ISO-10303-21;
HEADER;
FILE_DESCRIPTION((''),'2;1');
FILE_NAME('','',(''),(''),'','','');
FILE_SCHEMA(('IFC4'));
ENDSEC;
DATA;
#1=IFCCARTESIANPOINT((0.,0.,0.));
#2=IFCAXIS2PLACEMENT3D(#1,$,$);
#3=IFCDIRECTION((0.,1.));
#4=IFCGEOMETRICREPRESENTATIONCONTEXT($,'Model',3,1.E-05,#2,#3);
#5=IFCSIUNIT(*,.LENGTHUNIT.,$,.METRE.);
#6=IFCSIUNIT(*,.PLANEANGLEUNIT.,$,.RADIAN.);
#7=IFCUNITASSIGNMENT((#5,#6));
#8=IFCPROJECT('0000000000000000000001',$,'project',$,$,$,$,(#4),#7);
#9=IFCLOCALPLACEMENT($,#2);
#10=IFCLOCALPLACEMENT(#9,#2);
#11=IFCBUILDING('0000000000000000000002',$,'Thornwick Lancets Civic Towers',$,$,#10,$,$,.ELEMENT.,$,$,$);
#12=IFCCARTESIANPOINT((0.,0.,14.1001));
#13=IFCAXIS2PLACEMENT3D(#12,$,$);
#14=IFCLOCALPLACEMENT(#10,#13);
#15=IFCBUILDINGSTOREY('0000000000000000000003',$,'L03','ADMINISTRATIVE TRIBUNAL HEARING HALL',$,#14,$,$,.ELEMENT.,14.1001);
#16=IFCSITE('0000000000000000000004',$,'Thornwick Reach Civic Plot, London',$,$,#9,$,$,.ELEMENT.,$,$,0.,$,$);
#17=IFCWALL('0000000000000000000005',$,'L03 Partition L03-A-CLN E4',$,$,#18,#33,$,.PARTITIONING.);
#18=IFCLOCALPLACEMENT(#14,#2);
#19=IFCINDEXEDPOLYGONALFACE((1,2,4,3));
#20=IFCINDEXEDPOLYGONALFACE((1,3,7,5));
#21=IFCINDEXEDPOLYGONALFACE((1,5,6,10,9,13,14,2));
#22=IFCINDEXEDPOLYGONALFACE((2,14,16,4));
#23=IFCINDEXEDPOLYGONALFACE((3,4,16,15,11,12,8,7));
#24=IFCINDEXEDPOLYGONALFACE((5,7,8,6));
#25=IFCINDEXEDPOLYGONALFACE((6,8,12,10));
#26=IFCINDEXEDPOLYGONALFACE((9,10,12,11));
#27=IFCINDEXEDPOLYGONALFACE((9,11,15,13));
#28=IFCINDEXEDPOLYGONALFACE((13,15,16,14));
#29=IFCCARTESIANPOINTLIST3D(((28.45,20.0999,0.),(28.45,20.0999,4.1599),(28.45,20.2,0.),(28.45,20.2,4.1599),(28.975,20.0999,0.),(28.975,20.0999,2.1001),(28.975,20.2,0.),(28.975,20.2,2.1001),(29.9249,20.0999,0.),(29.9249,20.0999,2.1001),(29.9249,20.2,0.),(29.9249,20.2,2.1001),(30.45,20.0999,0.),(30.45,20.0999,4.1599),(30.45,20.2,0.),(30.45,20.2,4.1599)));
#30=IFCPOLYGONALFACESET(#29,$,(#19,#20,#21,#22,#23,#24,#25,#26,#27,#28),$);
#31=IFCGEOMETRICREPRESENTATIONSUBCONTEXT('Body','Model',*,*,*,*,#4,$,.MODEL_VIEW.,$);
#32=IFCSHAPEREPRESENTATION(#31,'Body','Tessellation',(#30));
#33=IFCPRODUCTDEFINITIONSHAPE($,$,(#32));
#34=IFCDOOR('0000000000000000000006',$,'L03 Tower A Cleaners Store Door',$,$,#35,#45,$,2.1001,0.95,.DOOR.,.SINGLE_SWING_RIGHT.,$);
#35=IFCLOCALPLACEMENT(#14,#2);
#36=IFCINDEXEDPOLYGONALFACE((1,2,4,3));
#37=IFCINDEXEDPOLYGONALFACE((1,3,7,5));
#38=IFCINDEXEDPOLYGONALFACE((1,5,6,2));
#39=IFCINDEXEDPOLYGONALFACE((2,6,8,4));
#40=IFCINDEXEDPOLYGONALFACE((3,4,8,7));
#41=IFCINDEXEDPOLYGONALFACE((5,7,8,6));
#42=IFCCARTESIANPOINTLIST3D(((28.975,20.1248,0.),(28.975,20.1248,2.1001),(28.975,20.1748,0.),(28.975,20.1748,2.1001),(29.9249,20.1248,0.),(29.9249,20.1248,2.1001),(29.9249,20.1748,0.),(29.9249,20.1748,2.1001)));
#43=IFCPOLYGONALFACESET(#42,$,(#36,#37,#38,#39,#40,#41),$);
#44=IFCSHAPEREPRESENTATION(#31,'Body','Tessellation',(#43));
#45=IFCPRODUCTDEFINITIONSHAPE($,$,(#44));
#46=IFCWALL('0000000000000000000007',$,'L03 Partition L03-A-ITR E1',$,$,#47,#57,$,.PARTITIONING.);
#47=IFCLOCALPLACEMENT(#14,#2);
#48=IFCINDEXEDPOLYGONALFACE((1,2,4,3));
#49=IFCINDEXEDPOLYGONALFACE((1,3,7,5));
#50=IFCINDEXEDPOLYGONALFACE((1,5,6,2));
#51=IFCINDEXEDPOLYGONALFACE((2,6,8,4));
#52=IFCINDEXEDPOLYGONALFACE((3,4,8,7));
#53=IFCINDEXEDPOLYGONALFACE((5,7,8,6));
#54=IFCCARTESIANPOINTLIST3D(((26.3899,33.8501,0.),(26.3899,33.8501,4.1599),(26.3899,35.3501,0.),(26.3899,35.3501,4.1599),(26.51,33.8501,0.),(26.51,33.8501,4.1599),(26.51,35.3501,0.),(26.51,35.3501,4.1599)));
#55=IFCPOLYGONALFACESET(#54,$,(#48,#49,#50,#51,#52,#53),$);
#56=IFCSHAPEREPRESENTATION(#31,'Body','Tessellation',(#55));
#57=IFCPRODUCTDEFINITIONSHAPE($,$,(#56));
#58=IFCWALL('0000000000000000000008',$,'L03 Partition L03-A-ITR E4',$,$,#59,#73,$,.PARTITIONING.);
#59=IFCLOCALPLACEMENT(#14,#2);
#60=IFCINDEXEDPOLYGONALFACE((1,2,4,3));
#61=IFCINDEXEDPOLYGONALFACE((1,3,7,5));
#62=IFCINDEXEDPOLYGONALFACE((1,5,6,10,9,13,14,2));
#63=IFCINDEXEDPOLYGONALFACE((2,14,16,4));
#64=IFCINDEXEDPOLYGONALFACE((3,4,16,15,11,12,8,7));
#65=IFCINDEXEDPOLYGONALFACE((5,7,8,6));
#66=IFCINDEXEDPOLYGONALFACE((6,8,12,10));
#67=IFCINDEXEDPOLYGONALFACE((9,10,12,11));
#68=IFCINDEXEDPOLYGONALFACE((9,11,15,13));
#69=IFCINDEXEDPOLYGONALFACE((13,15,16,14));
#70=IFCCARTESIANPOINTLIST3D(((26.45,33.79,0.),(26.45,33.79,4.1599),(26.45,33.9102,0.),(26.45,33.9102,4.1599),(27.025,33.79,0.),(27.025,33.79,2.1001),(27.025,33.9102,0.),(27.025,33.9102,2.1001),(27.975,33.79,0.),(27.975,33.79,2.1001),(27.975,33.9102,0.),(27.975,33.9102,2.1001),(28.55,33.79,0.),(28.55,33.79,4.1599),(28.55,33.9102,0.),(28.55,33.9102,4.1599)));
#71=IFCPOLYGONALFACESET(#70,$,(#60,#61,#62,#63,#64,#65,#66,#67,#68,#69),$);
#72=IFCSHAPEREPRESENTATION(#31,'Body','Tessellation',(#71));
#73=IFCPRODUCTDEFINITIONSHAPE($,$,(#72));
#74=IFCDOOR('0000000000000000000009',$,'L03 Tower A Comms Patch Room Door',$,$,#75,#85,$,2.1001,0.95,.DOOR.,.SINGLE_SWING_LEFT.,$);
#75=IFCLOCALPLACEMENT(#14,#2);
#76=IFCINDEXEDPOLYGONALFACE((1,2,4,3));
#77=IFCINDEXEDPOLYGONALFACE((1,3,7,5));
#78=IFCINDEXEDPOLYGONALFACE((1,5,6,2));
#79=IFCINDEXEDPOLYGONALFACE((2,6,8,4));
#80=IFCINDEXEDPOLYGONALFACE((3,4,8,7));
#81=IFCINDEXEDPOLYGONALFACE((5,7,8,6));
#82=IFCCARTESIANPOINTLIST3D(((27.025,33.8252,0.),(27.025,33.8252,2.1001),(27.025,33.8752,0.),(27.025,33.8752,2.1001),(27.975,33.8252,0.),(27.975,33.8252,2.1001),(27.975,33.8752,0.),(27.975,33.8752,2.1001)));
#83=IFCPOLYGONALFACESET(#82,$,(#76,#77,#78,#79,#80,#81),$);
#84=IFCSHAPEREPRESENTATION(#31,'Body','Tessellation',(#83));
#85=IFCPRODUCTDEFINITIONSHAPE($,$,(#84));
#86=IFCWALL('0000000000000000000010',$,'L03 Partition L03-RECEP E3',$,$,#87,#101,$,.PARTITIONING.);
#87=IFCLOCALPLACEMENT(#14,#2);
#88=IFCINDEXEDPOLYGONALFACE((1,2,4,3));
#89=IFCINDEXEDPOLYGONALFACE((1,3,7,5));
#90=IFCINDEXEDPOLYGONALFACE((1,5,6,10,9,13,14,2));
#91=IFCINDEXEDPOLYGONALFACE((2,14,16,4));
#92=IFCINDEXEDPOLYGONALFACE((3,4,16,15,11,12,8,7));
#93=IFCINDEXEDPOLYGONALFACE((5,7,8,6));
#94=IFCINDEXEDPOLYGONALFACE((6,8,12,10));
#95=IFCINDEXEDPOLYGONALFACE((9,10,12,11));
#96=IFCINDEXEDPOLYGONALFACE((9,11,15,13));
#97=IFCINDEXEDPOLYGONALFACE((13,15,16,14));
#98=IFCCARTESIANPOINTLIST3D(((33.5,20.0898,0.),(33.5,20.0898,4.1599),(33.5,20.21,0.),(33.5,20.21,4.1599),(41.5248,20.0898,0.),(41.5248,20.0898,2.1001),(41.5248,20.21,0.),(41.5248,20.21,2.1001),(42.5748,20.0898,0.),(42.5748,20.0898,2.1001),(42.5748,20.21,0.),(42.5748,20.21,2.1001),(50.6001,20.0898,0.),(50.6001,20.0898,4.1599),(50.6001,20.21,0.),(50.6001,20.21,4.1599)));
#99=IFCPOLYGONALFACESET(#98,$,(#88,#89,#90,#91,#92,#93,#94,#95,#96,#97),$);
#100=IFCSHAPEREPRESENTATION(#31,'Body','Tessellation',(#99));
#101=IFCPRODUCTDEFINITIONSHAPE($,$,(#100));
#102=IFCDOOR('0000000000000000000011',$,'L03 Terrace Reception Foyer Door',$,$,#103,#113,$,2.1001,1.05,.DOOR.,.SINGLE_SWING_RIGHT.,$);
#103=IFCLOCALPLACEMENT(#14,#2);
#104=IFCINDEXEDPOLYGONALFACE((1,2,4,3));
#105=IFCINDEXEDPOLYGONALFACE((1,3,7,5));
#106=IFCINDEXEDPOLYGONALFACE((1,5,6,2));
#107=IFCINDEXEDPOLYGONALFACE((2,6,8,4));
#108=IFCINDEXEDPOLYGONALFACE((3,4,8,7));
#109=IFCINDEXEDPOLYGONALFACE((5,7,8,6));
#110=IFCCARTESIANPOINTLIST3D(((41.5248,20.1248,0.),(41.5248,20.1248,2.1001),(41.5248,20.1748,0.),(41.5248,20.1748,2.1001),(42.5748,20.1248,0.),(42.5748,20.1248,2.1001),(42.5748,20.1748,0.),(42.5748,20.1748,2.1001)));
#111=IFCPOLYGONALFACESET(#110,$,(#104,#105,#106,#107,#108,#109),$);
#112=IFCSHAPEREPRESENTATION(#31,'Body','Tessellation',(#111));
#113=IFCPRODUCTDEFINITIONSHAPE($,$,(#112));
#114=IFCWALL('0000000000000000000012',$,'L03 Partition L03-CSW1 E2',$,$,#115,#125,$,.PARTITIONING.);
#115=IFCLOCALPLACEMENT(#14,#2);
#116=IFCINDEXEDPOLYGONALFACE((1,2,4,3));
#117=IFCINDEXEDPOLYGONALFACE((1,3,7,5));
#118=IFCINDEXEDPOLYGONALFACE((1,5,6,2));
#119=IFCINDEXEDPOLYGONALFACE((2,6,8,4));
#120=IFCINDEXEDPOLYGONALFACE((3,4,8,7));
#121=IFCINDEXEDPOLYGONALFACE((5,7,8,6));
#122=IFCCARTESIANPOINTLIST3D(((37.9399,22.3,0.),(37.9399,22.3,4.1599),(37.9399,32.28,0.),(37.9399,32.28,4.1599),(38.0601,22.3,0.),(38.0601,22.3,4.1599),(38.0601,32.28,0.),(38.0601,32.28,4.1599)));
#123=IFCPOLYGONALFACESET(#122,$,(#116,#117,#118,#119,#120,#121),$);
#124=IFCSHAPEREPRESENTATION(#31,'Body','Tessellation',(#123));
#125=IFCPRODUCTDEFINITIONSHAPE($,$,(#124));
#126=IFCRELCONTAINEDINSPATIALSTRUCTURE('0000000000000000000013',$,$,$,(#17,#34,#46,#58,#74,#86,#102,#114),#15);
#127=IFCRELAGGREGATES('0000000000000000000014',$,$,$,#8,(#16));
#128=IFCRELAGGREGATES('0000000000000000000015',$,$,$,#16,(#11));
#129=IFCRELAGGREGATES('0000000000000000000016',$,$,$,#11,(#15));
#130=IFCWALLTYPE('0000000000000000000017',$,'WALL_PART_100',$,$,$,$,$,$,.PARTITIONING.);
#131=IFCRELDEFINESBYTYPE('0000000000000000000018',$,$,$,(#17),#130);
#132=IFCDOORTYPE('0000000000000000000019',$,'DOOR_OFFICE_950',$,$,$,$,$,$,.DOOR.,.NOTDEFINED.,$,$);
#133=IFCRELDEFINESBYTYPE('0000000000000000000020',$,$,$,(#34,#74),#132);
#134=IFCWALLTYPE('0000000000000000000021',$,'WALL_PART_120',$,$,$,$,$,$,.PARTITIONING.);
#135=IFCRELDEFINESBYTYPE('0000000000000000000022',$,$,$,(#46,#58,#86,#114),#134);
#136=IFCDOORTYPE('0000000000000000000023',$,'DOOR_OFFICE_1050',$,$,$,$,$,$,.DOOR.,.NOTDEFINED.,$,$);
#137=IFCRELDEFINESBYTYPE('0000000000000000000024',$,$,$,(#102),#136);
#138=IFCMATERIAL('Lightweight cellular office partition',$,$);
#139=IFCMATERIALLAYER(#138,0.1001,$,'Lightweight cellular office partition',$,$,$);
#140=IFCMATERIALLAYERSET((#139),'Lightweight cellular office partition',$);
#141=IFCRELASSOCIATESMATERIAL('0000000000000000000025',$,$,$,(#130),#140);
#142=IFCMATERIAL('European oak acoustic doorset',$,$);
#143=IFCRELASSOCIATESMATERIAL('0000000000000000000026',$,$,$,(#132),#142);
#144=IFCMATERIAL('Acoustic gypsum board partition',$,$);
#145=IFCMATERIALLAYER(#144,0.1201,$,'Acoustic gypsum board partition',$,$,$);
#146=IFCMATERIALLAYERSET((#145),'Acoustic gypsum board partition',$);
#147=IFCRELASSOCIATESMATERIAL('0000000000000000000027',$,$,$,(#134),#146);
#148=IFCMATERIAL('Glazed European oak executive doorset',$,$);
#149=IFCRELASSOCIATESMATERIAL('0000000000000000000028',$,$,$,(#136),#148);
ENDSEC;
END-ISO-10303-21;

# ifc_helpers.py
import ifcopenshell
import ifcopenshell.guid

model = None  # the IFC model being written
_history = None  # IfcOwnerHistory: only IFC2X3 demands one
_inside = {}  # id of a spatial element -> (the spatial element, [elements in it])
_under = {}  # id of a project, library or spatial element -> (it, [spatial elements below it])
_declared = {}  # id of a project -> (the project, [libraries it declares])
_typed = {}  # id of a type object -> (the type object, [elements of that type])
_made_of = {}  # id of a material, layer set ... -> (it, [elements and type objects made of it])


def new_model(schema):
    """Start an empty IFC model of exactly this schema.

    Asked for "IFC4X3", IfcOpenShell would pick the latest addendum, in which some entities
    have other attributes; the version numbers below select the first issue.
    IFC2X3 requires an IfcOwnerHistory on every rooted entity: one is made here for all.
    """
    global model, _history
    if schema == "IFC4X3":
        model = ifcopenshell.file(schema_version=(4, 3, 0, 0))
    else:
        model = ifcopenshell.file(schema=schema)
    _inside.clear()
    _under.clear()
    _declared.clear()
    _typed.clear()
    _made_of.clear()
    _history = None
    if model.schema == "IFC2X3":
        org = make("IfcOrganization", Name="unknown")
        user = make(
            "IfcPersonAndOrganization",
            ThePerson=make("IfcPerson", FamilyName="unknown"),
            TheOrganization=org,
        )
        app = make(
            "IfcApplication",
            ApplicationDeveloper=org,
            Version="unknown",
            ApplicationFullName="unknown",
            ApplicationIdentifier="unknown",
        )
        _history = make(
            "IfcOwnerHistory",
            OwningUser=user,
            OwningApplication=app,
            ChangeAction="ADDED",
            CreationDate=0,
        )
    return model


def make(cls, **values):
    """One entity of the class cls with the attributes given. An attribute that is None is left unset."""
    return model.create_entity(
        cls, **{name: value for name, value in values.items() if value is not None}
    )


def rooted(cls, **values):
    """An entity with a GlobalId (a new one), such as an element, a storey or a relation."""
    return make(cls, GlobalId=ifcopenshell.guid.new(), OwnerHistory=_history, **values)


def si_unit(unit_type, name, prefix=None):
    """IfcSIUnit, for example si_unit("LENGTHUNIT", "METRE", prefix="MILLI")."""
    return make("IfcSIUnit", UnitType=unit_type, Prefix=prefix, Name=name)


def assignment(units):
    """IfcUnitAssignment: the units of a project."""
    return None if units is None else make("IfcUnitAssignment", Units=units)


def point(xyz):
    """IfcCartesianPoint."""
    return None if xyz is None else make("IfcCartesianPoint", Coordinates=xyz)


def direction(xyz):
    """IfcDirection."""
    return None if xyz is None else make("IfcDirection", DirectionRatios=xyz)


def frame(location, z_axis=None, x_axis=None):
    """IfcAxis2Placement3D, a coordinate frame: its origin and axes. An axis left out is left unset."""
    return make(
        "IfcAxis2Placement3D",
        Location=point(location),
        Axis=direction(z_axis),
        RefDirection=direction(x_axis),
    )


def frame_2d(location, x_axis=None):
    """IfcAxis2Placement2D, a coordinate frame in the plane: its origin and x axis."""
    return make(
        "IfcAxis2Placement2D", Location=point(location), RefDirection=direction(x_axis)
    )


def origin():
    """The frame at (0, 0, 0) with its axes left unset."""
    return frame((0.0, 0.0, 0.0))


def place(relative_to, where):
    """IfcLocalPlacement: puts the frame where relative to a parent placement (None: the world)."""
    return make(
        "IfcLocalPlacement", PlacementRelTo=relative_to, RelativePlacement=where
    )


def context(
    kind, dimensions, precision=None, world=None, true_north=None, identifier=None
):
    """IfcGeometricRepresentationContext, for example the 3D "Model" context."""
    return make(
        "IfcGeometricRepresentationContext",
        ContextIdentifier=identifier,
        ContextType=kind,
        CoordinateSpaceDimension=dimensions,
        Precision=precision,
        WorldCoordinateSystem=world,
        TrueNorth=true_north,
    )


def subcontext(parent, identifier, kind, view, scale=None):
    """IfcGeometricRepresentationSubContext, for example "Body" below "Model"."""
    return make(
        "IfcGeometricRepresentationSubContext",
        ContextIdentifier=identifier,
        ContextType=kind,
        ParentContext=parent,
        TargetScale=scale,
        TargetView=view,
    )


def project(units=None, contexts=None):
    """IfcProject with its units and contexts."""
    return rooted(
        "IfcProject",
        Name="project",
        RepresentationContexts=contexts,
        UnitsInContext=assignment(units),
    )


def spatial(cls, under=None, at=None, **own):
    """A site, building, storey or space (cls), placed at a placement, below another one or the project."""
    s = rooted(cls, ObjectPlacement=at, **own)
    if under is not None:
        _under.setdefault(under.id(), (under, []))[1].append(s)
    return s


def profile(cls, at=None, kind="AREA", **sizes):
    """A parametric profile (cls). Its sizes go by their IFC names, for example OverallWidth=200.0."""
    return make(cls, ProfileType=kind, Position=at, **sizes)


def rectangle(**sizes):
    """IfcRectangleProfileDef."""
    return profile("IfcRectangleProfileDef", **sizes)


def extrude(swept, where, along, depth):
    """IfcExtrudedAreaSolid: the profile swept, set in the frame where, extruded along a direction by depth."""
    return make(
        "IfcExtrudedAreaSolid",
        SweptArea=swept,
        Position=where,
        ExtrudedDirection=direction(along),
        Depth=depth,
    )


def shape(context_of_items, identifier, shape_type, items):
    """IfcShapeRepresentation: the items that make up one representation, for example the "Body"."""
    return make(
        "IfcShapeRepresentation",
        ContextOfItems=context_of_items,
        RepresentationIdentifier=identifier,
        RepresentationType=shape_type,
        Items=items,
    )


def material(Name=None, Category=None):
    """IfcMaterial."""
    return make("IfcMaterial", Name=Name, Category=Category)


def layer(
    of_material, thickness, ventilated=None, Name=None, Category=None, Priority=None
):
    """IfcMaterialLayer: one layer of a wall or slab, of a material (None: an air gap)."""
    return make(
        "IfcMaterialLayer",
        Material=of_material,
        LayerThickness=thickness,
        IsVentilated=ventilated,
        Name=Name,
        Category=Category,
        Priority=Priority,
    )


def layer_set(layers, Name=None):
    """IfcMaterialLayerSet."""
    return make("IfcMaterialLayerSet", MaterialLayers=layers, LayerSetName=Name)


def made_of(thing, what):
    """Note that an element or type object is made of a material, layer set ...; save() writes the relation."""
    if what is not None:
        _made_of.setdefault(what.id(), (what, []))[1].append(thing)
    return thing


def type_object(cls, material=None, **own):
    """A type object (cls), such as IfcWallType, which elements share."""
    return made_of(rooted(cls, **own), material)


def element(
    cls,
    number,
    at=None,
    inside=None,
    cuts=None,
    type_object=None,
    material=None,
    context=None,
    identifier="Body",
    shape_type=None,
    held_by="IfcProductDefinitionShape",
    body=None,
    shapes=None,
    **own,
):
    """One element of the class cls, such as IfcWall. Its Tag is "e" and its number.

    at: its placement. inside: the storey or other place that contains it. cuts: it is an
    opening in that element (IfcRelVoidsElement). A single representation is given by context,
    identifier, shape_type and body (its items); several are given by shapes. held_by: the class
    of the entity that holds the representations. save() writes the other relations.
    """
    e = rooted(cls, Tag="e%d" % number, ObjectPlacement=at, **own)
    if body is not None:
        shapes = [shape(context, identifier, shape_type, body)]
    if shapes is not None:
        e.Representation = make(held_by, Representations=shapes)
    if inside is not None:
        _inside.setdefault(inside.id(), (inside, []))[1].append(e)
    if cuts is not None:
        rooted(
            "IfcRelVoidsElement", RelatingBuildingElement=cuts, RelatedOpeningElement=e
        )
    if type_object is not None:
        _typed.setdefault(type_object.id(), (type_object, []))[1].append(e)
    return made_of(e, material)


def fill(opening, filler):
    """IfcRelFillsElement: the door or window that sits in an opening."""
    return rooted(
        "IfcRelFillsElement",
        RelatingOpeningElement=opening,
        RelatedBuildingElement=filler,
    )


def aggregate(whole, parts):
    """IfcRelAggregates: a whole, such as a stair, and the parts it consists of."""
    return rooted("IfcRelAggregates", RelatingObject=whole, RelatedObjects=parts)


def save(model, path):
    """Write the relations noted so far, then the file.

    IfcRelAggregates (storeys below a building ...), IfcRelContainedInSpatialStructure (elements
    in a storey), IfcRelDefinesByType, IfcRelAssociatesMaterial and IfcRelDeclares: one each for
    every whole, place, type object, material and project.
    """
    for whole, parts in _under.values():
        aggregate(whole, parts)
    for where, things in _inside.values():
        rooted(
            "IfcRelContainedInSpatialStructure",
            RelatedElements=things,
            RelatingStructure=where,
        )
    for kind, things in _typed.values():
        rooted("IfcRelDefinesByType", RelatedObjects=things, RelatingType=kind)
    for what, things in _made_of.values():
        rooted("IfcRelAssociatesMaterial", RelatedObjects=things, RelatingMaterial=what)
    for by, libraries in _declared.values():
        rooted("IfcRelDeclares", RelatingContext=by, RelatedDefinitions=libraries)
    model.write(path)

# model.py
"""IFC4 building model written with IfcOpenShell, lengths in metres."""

from ifc_helpers import new_model, si_unit, direction, frame, frame_2d, origin, place, context, subcontext, project, spatial, rectangle, extrude, material, layer, layer_set, type_object, element, fill, save


model = new_model("IFC4")

# Units and contexts
model_context = context("Model", 3, precision=1e-05, world=origin(), true_north=direction((0.0, 1.0)))
body_context = subcontext(model_context, "Body", "Model", "MODEL_VIEW")
ifc_project = project(units=[si_unit("LENGTHUNIT", "METRE"), si_unit("PLANEANGLEUNIT", "RADIAN")], contexts=[model_context])

# Site, building, storey
site_placement = place(None, origin())
site = spatial("IfcSite", under=ifc_project, at=site_placement, Name="Thornwick Reach Civic Plot, London", CompositionType="ELEMENT", RefElevation=0.0)
building_placement = place(site_placement, origin())
building = spatial("IfcBuilding", under=site, at=building_placement, Name="Thornwick Lancets Civic Towers", CompositionType="ELEMENT")
storey_placement = place(building_placement, frame((0.0, 0.0, 14.1001)))
storey = spatial("IfcBuildingStorey", under=building, at=storey_placement, Name="L03", Description="ADMINISTRATIVE TRIBUNAL HEARING HALL", CompositionType="ELEMENT", Elevation=14.1001)

# Shared definitions
ifc_material_1 = material(Name="Lightweight cellular office partition")
ifc_layer_1 = layer(ifc_material_1, 0.1001, Name="Lightweight cellular office partition")
ifc_layer_set_1 = layer_set([ifc_layer_1], Name="Lightweight cellular office partition")
wall_type_1 = type_object("IfcWallType", Name="WALL_PART_100", PredefinedType="PARTITIONING", material=ifc_layer_set_1)

# Wall, opening, door
wall_1_placement = place(storey_placement, frame((28.45, 20.1499, 0.0), z_axis=(0.0, 0.0, 1.0), x_axis=(1.0, 0.0, 0.0)))
wall_1 = element("IfcWall", 1, at=wall_1_placement, inside=storey, type_object=wall_type_1, Name="L03 Partition L03-A-CLN E4", PredefinedType="PARTITIONING", context=body_context, shape_type="SweptSolid", body=[
    extrude(rectangle(XDim=2.0, YDim=0.1001, at=frame_2d((1.0, 0.0))), origin(), (0.0, 0.0, 1.0), 4.1599),
])
opening_1_placement = place(wall_1_placement, frame((0.5249, 0.0, 0.0)))
opening_1 = element("IfcOpeningElement", 2, at=opening_1_placement, cuts=wall_1, PredefinedType="OPENING", context=body_context, shape_type="SweptSolid", body=[
    extrude(rectangle(XDim=0.95, YDim=2.1001, at=frame_2d((0.4751, 1.05))), frame((0.0, 0.0601, 0.0), z_axis=(0.0, -1.0, 0.0), x_axis=(1.0, 0.0, 0.0)), (0.0, 0.0, 1.0), 0.1201),
])
ifc_material_2 = material(Name="European oak acoustic doorset")
door_type_1 = type_object("IfcDoorType", Name="DOOR_OFFICE_950", OperationType="NOTDEFINED", PredefinedType="DOOR", material=ifc_material_2)
door_1_placement = place(opening_1_placement, origin())
door_1 = element("IfcDoor", 3, at=door_1_placement, inside=storey, type_object=door_type_1, Name="L03 Tower A Cleaners Store Door", OperationType="SINGLE_SWING_RIGHT", OverallHeight=2.1001, OverallWidth=0.95, PredefinedType="DOOR", context=body_context, shape_type="SweptSolid", body=[
    extrude(rectangle(XDim=0.95, YDim=2.1001, at=frame_2d((0.4751, 1.05))), frame((0.0, 0.0249, 0.0), z_axis=(0.0, -1.0, 0.0), x_axis=(1.0, 0.0, 0.0)), (0.0, 0.0, 1.0), 0.05),
])
fill(opening_1, door_1)

# Wall
ifc_material_3 = material(Name="Acoustic gypsum board partition")
ifc_layer_2 = layer(ifc_material_3, 0.1201, Name="Acoustic gypsum board partition")
ifc_layer_set_2 = layer_set([ifc_layer_2], Name="Acoustic gypsum board partition")
wall_type_2 = type_object("IfcWallType", Name="WALL_PART_120", PredefinedType="PARTITIONING", material=ifc_layer_set_2)
wall_2_placement = place(storey_placement, frame((26.45, 33.8501, 0.0), z_axis=(0.0, 0.0, 1.0), x_axis=(0.0, 1.0, 0.0)))
element("IfcWall", 4, at=wall_2_placement, inside=storey, type_object=wall_type_2, Name="L03 Partition L03-A-ITR E1", PredefinedType="PARTITIONING", context=body_context, shape_type="SweptSolid", body=[
    extrude(rectangle(XDim=1.5, YDim=0.1201, at=frame_2d((0.75, 0.0))), origin(), (0.0, 0.0, 1.0), 4.1599),
])

# Walls, openings, doors
wall_3_placement = place(storey_placement, frame((28.55, 33.8501, 0.0), z_axis=(0.0, 0.0, 1.0), x_axis=(-1.0, 0.0, 0.0)))
wall_3 = element("IfcWall", 5, at=wall_3_placement, inside=storey, type_object=wall_type_2, Name="L03 Partition L03-A-ITR E4", PredefinedType="PARTITIONING", context=body_context, shape_type="SweptSolid", body=[
    extrude(rectangle(XDim=2.1001, YDim=0.1201, at=frame_2d((1.05, 0.0))), origin(), (0.0, 0.0, 1.0), 4.1599),
])
opening_2_placement = place(wall_3_placement, frame((0.575, 0.0, 0.0)))
opening_2 = element("IfcOpeningElement", 6, at=opening_2_placement, cuts=wall_3, PredefinedType="OPENING", context=body_context, shape_type="SweptSolid", body=[
    extrude(rectangle(XDim=0.95, YDim=2.1001, at=frame_2d((0.4751, 1.05))), frame((0.0, 0.0701, 0.0), z_axis=(0.0, -1.0, 0.0), x_axis=(1.0, 0.0, 0.0)), (0.0, 0.0, 1.0), 0.1401),
])
door_2_placement = place(opening_2_placement, origin())
door_2 = element("IfcDoor", 7, at=door_2_placement, inside=storey, type_object=door_type_1, Name="L03 Tower A Comms Patch Room Door", OperationType="SINGLE_SWING_LEFT", OverallHeight=2.1001, OverallWidth=0.95, PredefinedType="DOOR", context=body_context, shape_type="SweptSolid", body=[
    extrude(rectangle(XDim=0.95, YDim=2.1001, at=frame_2d((0.4751, 1.05))), frame((0.0, 0.0249, 0.0), z_axis=(0.0, -1.0, 0.0), x_axis=(1.0, 0.0, 0.0)), (0.0, 0.0, 1.0), 0.05),
])
fill(opening_2, door_2)
wall_4_placement = place(storey_placement, frame((33.5, 20.1499, 0.0), z_axis=(0.0, 0.0, 1.0), x_axis=(1.0, 0.0, 0.0)))
wall_4 = element("IfcWall", 8, at=wall_4_placement, inside=storey, type_object=wall_type_2, Name="L03 Partition L03-RECEP E3", PredefinedType="PARTITIONING", context=body_context, shape_type="SweptSolid", body=[
    extrude(rectangle(XDim=17.1001, YDim=0.1201, at=frame_2d((8.55, 0.0))), origin(), (0.0, 0.0, 1.0), 4.1599),
])
opening_3_placement = place(wall_4_placement, frame((8.0249, 0.0, 0.0)))
opening_3 = element("IfcOpeningElement", 9, at=opening_3_placement, cuts=wall_4, PredefinedType="OPENING", context=body_context, shape_type="SweptSolid", body=[
    extrude(rectangle(XDim=1.05, YDim=2.1001, at=frame_2d((0.5249, 1.05))), frame((0.0, 0.0701, 0.0), z_axis=(0.0, -1.0, 0.0), x_axis=(1.0, 0.0, 0.0)), (0.0, 0.0, 1.0), 0.1401),
])
ifc_material_4 = material(Name="Glazed European oak executive doorset")
door_type_2 = type_object("IfcDoorType", Name="DOOR_OFFICE_1050", OperationType="NOTDEFINED", PredefinedType="DOOR", material=ifc_material_4)
door_3_placement = place(opening_3_placement, origin())
door_3 = element("IfcDoor", 10, at=door_3_placement, inside=storey, type_object=door_type_2, Name="L03 Terrace Reception Foyer Door", OperationType="SINGLE_SWING_RIGHT", OverallHeight=2.1001, OverallWidth=1.05, PredefinedType="DOOR", context=body_context, shape_type="SweptSolid", body=[
    extrude(rectangle(XDim=1.05, YDim=2.1001, at=frame_2d((0.5249, 1.05))), frame((0.0, 0.0249, 0.0), z_axis=(0.0, -1.0, 0.0), x_axis=(1.0, 0.0, 0.0)), (0.0, 0.0, 1.0), 0.05),
])
fill(opening_3, door_3)

# Wall
wall_5_placement = place(storey_placement, frame((38.0, 22.3, 0.0), z_axis=(0.0, 0.0, 1.0), x_axis=(0.0, 1.0, 0.0)))
element("IfcWall", 11, at=wall_5_placement, inside=storey, type_object=wall_type_2, Name="L03 Partition L03-CSW1 E2", PredefinedType="PARTITIONING", context=body_context, shape_type="SweptSolid", body=[
    extrude(rectangle(XDim=9.98, YDim=0.1201, at=frame_2d((4.99, 0.0))), origin(), (0.0, 0.0, 1.0), 4.1599),
])

save(model, "model.ifc")
